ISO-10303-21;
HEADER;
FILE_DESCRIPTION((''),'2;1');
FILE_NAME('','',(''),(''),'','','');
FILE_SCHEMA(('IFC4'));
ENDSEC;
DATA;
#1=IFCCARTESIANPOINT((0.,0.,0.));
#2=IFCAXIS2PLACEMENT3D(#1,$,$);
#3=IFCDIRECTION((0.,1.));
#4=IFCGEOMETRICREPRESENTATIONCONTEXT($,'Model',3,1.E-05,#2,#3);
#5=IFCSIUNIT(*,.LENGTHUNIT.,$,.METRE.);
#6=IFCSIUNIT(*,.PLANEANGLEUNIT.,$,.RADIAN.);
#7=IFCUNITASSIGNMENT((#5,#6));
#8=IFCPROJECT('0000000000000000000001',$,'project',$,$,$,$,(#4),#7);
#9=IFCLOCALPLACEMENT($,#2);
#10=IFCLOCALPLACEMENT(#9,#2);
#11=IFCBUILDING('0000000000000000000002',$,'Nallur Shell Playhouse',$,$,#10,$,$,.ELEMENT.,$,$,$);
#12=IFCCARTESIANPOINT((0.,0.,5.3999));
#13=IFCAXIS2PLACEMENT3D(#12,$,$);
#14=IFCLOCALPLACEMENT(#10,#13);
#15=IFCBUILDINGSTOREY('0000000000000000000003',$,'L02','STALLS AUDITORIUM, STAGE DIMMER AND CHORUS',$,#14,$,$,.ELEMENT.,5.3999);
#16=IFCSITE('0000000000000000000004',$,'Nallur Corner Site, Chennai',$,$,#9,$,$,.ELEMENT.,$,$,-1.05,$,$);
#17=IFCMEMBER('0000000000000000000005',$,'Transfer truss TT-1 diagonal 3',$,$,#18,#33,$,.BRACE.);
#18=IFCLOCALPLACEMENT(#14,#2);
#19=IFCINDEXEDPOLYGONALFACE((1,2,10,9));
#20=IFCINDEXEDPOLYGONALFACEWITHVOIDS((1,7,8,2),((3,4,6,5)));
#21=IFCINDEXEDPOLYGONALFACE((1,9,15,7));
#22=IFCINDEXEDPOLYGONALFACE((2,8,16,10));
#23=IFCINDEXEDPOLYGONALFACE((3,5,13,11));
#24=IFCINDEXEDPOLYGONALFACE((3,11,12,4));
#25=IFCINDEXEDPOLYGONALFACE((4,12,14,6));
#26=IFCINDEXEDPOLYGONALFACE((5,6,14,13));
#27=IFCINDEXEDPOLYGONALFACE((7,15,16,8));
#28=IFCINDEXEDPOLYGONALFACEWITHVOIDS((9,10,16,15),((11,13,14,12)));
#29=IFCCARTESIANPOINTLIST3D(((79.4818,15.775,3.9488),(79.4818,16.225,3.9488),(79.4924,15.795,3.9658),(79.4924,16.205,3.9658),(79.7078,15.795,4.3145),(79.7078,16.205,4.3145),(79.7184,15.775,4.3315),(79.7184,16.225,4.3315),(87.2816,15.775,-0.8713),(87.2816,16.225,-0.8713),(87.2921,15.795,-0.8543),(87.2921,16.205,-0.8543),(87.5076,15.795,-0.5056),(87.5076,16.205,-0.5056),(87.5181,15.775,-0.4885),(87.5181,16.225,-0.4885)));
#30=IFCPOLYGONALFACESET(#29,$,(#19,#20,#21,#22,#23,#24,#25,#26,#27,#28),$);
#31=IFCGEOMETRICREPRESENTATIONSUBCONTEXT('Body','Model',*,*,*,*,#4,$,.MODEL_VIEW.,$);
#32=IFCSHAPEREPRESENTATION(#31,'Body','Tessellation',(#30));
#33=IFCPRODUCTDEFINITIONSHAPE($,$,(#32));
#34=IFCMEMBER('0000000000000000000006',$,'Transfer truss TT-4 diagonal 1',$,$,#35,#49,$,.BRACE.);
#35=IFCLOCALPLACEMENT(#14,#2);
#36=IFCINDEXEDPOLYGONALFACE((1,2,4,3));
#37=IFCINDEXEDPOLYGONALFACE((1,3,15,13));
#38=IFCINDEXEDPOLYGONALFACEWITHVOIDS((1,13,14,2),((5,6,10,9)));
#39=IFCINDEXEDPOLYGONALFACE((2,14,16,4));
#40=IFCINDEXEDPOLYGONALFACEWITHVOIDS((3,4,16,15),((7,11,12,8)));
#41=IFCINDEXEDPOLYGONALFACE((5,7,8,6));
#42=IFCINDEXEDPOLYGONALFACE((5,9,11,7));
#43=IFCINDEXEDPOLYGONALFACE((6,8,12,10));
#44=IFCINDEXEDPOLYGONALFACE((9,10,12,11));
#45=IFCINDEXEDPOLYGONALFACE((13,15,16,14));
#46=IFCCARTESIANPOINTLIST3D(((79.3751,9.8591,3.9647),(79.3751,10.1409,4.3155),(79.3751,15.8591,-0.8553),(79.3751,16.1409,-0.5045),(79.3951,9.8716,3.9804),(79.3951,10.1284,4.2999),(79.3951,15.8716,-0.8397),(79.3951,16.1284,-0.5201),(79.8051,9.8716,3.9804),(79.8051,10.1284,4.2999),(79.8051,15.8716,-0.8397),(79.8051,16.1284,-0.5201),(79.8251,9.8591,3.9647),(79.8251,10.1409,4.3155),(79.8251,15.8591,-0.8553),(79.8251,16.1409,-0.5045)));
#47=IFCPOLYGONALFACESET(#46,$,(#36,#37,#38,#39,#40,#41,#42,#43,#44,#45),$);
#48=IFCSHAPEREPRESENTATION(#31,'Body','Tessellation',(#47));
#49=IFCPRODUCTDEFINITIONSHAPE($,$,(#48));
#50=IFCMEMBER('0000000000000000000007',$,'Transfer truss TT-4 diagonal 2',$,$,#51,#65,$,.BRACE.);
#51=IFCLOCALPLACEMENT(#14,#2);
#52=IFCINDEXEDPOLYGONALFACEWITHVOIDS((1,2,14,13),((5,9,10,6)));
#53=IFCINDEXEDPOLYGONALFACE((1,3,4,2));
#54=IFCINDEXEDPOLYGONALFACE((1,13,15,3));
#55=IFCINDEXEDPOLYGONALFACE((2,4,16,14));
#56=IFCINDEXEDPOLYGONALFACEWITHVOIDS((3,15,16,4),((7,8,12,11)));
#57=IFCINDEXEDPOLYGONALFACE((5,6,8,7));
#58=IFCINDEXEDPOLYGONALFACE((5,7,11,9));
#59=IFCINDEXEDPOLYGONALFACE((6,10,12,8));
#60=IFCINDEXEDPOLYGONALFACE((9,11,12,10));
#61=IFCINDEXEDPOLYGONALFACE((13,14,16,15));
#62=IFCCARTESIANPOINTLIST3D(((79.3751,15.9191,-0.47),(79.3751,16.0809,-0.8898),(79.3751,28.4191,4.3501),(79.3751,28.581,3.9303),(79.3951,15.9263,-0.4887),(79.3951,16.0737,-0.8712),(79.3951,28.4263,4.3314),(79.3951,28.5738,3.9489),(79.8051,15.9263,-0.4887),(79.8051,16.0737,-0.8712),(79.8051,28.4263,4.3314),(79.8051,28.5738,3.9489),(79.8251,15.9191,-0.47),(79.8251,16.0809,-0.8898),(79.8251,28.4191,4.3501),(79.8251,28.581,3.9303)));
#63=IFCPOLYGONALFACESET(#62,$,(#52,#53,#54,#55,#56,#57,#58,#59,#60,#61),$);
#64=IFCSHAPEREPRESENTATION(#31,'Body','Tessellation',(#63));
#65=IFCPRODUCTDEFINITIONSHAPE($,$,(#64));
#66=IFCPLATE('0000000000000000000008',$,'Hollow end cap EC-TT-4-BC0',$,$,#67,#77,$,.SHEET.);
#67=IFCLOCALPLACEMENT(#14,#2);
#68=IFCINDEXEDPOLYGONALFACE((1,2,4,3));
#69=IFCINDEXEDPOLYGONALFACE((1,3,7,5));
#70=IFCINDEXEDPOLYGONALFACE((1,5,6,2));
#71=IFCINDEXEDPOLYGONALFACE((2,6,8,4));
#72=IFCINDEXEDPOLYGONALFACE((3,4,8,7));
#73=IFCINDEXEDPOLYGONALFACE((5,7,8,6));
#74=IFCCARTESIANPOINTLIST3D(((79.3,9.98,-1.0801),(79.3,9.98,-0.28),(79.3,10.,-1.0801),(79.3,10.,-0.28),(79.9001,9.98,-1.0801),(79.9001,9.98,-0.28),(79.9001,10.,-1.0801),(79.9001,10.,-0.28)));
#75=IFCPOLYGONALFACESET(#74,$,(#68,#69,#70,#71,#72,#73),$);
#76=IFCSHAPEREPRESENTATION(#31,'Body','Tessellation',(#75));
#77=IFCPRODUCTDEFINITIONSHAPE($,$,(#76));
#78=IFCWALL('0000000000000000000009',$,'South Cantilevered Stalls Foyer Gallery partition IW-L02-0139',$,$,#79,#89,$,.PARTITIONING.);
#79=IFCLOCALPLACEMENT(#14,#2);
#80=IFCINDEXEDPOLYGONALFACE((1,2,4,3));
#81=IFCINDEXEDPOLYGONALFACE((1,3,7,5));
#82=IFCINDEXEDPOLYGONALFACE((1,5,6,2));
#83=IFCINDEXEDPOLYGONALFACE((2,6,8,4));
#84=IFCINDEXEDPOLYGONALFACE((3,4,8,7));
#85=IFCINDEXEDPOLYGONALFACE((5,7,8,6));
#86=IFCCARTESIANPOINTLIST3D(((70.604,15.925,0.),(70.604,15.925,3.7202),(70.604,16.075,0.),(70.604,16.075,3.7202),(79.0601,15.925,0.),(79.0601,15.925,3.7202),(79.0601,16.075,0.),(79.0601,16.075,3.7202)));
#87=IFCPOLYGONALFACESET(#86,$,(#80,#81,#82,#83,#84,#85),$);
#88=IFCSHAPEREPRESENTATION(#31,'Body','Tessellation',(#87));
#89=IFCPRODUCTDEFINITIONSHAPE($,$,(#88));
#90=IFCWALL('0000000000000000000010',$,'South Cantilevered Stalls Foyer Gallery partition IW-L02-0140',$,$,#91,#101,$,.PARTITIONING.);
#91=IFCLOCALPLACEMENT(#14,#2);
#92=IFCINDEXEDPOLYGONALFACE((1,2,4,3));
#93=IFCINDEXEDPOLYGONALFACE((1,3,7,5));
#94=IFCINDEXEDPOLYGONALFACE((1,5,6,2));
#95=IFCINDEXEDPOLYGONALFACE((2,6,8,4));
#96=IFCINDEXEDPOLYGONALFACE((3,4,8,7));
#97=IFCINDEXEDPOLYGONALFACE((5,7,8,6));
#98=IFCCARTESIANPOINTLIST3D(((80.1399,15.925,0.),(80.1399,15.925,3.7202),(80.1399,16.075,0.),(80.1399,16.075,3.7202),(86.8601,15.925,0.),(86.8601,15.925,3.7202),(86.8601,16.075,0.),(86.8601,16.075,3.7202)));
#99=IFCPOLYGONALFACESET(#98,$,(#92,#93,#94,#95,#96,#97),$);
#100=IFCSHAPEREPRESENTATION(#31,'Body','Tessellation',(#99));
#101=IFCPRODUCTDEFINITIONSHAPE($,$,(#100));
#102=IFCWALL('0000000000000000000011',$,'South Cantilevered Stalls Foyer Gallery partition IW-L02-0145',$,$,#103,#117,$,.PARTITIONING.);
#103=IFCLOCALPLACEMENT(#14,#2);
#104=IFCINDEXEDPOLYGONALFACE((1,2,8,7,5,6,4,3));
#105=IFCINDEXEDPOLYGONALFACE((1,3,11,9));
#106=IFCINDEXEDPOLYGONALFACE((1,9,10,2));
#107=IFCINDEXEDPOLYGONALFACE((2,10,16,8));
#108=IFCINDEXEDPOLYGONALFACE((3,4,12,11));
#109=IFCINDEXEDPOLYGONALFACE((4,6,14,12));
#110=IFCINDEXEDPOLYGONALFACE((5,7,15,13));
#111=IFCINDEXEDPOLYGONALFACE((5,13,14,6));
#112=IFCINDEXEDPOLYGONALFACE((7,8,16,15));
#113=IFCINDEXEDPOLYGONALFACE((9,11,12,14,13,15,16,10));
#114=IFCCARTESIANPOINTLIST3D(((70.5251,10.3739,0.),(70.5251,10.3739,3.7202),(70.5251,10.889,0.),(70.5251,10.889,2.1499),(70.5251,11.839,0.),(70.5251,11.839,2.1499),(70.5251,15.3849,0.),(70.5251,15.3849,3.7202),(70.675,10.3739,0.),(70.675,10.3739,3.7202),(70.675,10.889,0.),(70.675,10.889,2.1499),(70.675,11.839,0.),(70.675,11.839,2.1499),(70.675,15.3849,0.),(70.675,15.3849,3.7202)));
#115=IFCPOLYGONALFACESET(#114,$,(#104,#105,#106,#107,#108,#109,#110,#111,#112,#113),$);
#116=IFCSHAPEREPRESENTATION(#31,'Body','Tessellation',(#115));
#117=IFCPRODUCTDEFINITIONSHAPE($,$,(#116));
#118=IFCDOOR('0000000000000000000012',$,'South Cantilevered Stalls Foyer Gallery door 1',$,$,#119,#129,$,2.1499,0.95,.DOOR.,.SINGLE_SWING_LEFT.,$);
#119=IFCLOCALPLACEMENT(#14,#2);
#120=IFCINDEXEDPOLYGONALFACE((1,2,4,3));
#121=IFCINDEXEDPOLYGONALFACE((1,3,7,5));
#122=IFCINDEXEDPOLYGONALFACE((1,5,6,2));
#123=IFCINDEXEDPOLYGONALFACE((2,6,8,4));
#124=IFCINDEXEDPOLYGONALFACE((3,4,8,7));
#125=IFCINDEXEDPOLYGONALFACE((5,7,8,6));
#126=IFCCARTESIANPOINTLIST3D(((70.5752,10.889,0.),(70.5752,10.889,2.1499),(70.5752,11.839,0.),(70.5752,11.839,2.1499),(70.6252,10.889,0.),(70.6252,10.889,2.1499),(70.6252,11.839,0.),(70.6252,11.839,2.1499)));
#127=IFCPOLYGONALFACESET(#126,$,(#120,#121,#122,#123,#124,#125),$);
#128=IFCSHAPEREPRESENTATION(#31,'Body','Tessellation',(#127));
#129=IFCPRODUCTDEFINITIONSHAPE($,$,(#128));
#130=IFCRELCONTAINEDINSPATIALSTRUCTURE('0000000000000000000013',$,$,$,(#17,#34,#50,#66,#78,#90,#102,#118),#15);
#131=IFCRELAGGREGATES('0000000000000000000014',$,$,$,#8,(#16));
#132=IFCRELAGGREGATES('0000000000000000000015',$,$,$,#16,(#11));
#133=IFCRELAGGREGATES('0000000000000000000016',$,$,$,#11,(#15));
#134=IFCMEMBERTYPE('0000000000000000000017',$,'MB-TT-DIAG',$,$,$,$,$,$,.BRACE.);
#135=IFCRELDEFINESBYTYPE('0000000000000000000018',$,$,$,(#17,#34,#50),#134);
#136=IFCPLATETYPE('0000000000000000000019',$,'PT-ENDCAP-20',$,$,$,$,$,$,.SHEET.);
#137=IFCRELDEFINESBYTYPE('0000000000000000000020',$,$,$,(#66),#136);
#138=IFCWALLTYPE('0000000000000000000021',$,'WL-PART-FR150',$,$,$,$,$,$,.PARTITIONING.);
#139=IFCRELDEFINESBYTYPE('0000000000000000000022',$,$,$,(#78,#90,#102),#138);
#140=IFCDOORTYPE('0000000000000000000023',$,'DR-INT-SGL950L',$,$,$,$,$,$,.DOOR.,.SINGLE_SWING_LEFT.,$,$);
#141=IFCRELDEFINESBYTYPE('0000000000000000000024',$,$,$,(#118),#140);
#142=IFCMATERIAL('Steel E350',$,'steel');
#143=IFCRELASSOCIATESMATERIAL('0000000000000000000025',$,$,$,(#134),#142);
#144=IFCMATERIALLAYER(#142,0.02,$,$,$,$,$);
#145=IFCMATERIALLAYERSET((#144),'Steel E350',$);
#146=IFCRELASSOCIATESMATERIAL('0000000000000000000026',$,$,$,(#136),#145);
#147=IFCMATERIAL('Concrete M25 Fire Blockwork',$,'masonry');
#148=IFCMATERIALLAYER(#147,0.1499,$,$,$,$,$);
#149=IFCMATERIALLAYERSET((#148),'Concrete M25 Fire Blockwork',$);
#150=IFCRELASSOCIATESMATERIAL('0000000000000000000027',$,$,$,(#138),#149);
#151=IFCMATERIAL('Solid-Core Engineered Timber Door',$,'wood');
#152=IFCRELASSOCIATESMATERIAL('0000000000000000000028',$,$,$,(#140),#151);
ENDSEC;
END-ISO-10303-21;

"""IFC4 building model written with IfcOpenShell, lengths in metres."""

from ifc_helpers import new_model, si_unit, direction, frame, frame_2d, origin, origin_2d, place, context, subcontext, project, spatial, rectangle, hollow_rectangle, extrude, material, layer, layer_set, material_profile, profile_set, type_object, element, fill, save


model = new_model("IFC4")

# Units and contexts
model_context = context("Model", 3, precision=1e-05, world=origin(), true_north=direction((0.0, 1.0)))
body_context = subcontext(model_context, "Body", "Model", "MODEL_VIEW")
ifc_project = project(units=[si_unit("LENGTHUNIT", "METRE"), si_unit("PLANEANGLEUNIT", "RADIAN")], contexts=[model_context])

# Site, building, storey
site_placement = place(None, origin())
site = spatial("IfcSite", under=ifc_project, at=site_placement, Name="Nallur Corner Site, Chennai", CompositionType="ELEMENT", RefElevation=-1.05)
building_placement = place(site_placement, origin())
building = spatial("IfcBuilding", under=site, at=building_placement, Name="Nallur Shell Playhouse", CompositionType="ELEMENT")
storey_placement = place(building_placement, frame((0.0, 0.0, 5.3999)))
storey = spatial("IfcBuildingStorey", under=building, at=storey_placement, Name="L02", Description="STALLS AUDITORIUM, STAGE DIMMER AND CHORUS", CompositionType="ELEMENT", Elevation=5.3999)

# Shared definitions
ifc_material_1 = material(Name="Steel E350", Category="steel")

# Members
ifc_material_profile_1 = material_profile(ifc_material_1, hollow_rectangle(XDim=0.45, YDim=0.45, WallThickness=0.02, at=origin_2d()), Name="BOX 450x450x20")
ifc_profile_set_1 = profile_set([ifc_material_profile_1], Name="Steel E350")
member_type_1 = type_object("IfcMemberType", Name="MB-TT-DIAG", PredefinedType="BRACE", material=ifc_profile_set_1)
member_1_placement = place(storey_placement, frame((79.6001, 16.0, 4.1401), z_axis=(0.850674, 0.0, -0.525694), x_axis=(0.0, 1.0, 0.0)))
element("IfcMember", 1, at=member_1_placement, inside=storey, type_object=member_type_1, Name="Transfer truss TT-1 diagonal 3", PredefinedType="BRACE", context=body_context, shape_type="SweptSolid", body=[
    extrude(hollow_rectangle(XDim=0.45, YDim=0.45, WallThickness=0.02, at=origin_2d()), origin(), (0.0, 0.0, 1.0), 9.1689),
])
member_2_placement = place(storey_placement, frame((79.6001, 10.0, 4.1401), z_axis=(0.0, 0.779595, -0.626284), x_axis=(-1.0, 0.0, 0.0)))
element("IfcMember", 2, at=member_2_placement, inside=storey, type_object=member_type_1, Name="Transfer truss TT-4 diagonal 1", PredefinedType="BRACE", context=body_context, shape_type="SweptSolid", body=[
    extrude(hollow_rectangle(XDim=0.45, YDim=0.45, WallThickness=0.02, at=origin_2d()), origin(), (0.0, 0.0, 1.0), 7.6963),
])
member_3_placement = place(storey_placement, frame((79.6001, 16.0, -0.6799), z_axis=(0.0, 0.933036, 0.359784), x_axis=(-1.0, 0.0, 0.0)))
element("IfcMember", 3, at=member_3_placement, inside=storey, type_object=member_type_1, Name="Transfer truss TT-4 diagonal 2", PredefinedType="BRACE", context=body_context, shape_type="SweptSolid", body=[
    extrude(hollow_rectangle(XDim=0.45, YDim=0.45, WallThickness=0.02, at=origin_2d()), origin(), (0.0, 0.0, 1.0), 13.3972),
])

# Plate
ifc_layer_1 = layer(ifc_material_1, 0.02)
ifc_layer_set_1 = layer_set([ifc_layer_1], Name="Steel E350")
plate_type = type_object("IfcPlateType", Name="PT-ENDCAP-20", PredefinedType="SHEET", material=ifc_layer_set_1)
plate_placement = place(storey_placement, frame((79.6001, 9.99, -1.0801), z_axis=(0.0, 0.0, 1.0), x_axis=(1.0, 0.0, 0.0)))
element("IfcPlate", 4, at=plate_placement, inside=storey, type_object=plate_type, Name="Hollow end cap EC-TT-4-BC0", PredefinedType="SHEET", context=body_context, shape_type="SweptSolid", body=[
    extrude(rectangle(XDim=0.6001, YDim=0.02, at=origin_2d()), origin(), (0.0, 0.0, 1.0), 0.8),
])

# Walls
ifc_material_2 = material(Name="Concrete M25 Fire Blockwork", Category="masonry")
ifc_layer_2 = layer(ifc_material_2, 0.1499)
ifc_layer_set_2 = layer_set([ifc_layer_2], Name="Concrete M25 Fire Blockwork")
wall_type = type_object("IfcWallType", Name="WL-PART-FR150", PredefinedType="PARTITIONING", material=ifc_layer_set_2)
wall_1_placement = place(storey_placement, frame((70.604, 16.0, 0.0), z_axis=(0.0, 0.0, 1.0), x_axis=(1.0, 0.0, 0.0)))
element("IfcWall", 5, at=wall_1_placement, inside=storey, type_object=wall_type, Name="South Cantilevered Stalls Foyer Gallery partition IW-L02-0139", PredefinedType="PARTITIONING", context=body_context, shape_type="SweptSolid", body=[
    extrude(rectangle(XDim=8.4561, YDim=0.1499, at=frame_2d((4.228, 0.0))), origin(), (0.0, 0.0, 1.0), 3.7202),
])
wall_2_placement = place(storey_placement, frame((80.1399, 16.0, 0.0), z_axis=(0.0, 0.0, 1.0), x_axis=(1.0, 0.0, 0.0)))
element("IfcWall", 6, at=wall_2_placement, inside=storey, type_object=wall_type, Name="South Cantilevered Stalls Foyer Gallery partition IW-L02-0140", PredefinedType="PARTITIONING", context=body_context, shape_type="SweptSolid", body=[
    extrude(rectangle(XDim=6.7202, YDim=0.1499, at=frame_2d((3.3601, 0.0))), origin(), (0.0, 0.0, 1.0), 3.7202),
])

# Wall, opening, door
wall_3_placement = place(storey_placement, frame((70.6001, 10.374, 0.0), z_axis=(0.0, 0.0, 1.0), x_axis=(0.0, 1.0, 0.0)))
wall_3 = element("IfcWall", 7, at=wall_3_placement, inside=storey, type_object=wall_type, Name="South Cantilevered Stalls Foyer Gallery partition IW-L02-0145", PredefinedType="PARTITIONING", context=body_context, shape_type="SweptSolid", body=[
    extrude(rectangle(XDim=5.011, YDim=0.1499, at=frame_2d((2.5054, 0.0))), origin(), (0.0, 0.0, 1.0), 3.7202),
])
opening_placement = place(wall_3_placement, frame((0.5149, 0.0, 0.0)))
opening = element("IfcOpeningElement", 8, at=opening_placement, cuts=wall_3, PredefinedType="OPENING", context=body_context, shape_type="SweptSolid", body=[
    extrude(rectangle(XDim=0.95, YDim=2.1499, at=frame_2d((0.4751, 1.075))), frame((0.0, 0.085, 0.0), z_axis=(0.0, -1.0, 0.0), x_axis=(1.0, 0.0, 0.0)), (0.0, 0.0, 1.0), 0.1699),
])
ifc_material_3 = material(Name="Solid-Core Engineered Timber Door", Category="wood")
door_type = type_object("IfcDoorType", Name="DR-INT-SGL950L", OperationType="SINGLE_SWING_LEFT", PredefinedType="DOOR", material=ifc_material_3)
door_placement = place(opening_placement, origin())
door = element("IfcDoor", 9, at=door_placement, inside=storey, type_object=door_type, Name="South Cantilevered Stalls Foyer Gallery door 1", OperationType="SINGLE_SWING_LEFT", OverallHeight=2.1499, OverallWidth=0.95, PredefinedType="DOOR", context=body_context, shape_type="SweptSolid", body=[
    extrude(rectangle(XDim=0.95, YDim=2.1499, at=frame_2d((0.4751, 1.075))), frame((0.0, 0.0249, 0.0), z_axis=(0.0, -1.0, 0.0), x_axis=(1.0, 0.0, 0.0)), (0.0, 0.0, 1.0), 0.05),
])
fill(opening, door)

save(model, "model.ifc")
